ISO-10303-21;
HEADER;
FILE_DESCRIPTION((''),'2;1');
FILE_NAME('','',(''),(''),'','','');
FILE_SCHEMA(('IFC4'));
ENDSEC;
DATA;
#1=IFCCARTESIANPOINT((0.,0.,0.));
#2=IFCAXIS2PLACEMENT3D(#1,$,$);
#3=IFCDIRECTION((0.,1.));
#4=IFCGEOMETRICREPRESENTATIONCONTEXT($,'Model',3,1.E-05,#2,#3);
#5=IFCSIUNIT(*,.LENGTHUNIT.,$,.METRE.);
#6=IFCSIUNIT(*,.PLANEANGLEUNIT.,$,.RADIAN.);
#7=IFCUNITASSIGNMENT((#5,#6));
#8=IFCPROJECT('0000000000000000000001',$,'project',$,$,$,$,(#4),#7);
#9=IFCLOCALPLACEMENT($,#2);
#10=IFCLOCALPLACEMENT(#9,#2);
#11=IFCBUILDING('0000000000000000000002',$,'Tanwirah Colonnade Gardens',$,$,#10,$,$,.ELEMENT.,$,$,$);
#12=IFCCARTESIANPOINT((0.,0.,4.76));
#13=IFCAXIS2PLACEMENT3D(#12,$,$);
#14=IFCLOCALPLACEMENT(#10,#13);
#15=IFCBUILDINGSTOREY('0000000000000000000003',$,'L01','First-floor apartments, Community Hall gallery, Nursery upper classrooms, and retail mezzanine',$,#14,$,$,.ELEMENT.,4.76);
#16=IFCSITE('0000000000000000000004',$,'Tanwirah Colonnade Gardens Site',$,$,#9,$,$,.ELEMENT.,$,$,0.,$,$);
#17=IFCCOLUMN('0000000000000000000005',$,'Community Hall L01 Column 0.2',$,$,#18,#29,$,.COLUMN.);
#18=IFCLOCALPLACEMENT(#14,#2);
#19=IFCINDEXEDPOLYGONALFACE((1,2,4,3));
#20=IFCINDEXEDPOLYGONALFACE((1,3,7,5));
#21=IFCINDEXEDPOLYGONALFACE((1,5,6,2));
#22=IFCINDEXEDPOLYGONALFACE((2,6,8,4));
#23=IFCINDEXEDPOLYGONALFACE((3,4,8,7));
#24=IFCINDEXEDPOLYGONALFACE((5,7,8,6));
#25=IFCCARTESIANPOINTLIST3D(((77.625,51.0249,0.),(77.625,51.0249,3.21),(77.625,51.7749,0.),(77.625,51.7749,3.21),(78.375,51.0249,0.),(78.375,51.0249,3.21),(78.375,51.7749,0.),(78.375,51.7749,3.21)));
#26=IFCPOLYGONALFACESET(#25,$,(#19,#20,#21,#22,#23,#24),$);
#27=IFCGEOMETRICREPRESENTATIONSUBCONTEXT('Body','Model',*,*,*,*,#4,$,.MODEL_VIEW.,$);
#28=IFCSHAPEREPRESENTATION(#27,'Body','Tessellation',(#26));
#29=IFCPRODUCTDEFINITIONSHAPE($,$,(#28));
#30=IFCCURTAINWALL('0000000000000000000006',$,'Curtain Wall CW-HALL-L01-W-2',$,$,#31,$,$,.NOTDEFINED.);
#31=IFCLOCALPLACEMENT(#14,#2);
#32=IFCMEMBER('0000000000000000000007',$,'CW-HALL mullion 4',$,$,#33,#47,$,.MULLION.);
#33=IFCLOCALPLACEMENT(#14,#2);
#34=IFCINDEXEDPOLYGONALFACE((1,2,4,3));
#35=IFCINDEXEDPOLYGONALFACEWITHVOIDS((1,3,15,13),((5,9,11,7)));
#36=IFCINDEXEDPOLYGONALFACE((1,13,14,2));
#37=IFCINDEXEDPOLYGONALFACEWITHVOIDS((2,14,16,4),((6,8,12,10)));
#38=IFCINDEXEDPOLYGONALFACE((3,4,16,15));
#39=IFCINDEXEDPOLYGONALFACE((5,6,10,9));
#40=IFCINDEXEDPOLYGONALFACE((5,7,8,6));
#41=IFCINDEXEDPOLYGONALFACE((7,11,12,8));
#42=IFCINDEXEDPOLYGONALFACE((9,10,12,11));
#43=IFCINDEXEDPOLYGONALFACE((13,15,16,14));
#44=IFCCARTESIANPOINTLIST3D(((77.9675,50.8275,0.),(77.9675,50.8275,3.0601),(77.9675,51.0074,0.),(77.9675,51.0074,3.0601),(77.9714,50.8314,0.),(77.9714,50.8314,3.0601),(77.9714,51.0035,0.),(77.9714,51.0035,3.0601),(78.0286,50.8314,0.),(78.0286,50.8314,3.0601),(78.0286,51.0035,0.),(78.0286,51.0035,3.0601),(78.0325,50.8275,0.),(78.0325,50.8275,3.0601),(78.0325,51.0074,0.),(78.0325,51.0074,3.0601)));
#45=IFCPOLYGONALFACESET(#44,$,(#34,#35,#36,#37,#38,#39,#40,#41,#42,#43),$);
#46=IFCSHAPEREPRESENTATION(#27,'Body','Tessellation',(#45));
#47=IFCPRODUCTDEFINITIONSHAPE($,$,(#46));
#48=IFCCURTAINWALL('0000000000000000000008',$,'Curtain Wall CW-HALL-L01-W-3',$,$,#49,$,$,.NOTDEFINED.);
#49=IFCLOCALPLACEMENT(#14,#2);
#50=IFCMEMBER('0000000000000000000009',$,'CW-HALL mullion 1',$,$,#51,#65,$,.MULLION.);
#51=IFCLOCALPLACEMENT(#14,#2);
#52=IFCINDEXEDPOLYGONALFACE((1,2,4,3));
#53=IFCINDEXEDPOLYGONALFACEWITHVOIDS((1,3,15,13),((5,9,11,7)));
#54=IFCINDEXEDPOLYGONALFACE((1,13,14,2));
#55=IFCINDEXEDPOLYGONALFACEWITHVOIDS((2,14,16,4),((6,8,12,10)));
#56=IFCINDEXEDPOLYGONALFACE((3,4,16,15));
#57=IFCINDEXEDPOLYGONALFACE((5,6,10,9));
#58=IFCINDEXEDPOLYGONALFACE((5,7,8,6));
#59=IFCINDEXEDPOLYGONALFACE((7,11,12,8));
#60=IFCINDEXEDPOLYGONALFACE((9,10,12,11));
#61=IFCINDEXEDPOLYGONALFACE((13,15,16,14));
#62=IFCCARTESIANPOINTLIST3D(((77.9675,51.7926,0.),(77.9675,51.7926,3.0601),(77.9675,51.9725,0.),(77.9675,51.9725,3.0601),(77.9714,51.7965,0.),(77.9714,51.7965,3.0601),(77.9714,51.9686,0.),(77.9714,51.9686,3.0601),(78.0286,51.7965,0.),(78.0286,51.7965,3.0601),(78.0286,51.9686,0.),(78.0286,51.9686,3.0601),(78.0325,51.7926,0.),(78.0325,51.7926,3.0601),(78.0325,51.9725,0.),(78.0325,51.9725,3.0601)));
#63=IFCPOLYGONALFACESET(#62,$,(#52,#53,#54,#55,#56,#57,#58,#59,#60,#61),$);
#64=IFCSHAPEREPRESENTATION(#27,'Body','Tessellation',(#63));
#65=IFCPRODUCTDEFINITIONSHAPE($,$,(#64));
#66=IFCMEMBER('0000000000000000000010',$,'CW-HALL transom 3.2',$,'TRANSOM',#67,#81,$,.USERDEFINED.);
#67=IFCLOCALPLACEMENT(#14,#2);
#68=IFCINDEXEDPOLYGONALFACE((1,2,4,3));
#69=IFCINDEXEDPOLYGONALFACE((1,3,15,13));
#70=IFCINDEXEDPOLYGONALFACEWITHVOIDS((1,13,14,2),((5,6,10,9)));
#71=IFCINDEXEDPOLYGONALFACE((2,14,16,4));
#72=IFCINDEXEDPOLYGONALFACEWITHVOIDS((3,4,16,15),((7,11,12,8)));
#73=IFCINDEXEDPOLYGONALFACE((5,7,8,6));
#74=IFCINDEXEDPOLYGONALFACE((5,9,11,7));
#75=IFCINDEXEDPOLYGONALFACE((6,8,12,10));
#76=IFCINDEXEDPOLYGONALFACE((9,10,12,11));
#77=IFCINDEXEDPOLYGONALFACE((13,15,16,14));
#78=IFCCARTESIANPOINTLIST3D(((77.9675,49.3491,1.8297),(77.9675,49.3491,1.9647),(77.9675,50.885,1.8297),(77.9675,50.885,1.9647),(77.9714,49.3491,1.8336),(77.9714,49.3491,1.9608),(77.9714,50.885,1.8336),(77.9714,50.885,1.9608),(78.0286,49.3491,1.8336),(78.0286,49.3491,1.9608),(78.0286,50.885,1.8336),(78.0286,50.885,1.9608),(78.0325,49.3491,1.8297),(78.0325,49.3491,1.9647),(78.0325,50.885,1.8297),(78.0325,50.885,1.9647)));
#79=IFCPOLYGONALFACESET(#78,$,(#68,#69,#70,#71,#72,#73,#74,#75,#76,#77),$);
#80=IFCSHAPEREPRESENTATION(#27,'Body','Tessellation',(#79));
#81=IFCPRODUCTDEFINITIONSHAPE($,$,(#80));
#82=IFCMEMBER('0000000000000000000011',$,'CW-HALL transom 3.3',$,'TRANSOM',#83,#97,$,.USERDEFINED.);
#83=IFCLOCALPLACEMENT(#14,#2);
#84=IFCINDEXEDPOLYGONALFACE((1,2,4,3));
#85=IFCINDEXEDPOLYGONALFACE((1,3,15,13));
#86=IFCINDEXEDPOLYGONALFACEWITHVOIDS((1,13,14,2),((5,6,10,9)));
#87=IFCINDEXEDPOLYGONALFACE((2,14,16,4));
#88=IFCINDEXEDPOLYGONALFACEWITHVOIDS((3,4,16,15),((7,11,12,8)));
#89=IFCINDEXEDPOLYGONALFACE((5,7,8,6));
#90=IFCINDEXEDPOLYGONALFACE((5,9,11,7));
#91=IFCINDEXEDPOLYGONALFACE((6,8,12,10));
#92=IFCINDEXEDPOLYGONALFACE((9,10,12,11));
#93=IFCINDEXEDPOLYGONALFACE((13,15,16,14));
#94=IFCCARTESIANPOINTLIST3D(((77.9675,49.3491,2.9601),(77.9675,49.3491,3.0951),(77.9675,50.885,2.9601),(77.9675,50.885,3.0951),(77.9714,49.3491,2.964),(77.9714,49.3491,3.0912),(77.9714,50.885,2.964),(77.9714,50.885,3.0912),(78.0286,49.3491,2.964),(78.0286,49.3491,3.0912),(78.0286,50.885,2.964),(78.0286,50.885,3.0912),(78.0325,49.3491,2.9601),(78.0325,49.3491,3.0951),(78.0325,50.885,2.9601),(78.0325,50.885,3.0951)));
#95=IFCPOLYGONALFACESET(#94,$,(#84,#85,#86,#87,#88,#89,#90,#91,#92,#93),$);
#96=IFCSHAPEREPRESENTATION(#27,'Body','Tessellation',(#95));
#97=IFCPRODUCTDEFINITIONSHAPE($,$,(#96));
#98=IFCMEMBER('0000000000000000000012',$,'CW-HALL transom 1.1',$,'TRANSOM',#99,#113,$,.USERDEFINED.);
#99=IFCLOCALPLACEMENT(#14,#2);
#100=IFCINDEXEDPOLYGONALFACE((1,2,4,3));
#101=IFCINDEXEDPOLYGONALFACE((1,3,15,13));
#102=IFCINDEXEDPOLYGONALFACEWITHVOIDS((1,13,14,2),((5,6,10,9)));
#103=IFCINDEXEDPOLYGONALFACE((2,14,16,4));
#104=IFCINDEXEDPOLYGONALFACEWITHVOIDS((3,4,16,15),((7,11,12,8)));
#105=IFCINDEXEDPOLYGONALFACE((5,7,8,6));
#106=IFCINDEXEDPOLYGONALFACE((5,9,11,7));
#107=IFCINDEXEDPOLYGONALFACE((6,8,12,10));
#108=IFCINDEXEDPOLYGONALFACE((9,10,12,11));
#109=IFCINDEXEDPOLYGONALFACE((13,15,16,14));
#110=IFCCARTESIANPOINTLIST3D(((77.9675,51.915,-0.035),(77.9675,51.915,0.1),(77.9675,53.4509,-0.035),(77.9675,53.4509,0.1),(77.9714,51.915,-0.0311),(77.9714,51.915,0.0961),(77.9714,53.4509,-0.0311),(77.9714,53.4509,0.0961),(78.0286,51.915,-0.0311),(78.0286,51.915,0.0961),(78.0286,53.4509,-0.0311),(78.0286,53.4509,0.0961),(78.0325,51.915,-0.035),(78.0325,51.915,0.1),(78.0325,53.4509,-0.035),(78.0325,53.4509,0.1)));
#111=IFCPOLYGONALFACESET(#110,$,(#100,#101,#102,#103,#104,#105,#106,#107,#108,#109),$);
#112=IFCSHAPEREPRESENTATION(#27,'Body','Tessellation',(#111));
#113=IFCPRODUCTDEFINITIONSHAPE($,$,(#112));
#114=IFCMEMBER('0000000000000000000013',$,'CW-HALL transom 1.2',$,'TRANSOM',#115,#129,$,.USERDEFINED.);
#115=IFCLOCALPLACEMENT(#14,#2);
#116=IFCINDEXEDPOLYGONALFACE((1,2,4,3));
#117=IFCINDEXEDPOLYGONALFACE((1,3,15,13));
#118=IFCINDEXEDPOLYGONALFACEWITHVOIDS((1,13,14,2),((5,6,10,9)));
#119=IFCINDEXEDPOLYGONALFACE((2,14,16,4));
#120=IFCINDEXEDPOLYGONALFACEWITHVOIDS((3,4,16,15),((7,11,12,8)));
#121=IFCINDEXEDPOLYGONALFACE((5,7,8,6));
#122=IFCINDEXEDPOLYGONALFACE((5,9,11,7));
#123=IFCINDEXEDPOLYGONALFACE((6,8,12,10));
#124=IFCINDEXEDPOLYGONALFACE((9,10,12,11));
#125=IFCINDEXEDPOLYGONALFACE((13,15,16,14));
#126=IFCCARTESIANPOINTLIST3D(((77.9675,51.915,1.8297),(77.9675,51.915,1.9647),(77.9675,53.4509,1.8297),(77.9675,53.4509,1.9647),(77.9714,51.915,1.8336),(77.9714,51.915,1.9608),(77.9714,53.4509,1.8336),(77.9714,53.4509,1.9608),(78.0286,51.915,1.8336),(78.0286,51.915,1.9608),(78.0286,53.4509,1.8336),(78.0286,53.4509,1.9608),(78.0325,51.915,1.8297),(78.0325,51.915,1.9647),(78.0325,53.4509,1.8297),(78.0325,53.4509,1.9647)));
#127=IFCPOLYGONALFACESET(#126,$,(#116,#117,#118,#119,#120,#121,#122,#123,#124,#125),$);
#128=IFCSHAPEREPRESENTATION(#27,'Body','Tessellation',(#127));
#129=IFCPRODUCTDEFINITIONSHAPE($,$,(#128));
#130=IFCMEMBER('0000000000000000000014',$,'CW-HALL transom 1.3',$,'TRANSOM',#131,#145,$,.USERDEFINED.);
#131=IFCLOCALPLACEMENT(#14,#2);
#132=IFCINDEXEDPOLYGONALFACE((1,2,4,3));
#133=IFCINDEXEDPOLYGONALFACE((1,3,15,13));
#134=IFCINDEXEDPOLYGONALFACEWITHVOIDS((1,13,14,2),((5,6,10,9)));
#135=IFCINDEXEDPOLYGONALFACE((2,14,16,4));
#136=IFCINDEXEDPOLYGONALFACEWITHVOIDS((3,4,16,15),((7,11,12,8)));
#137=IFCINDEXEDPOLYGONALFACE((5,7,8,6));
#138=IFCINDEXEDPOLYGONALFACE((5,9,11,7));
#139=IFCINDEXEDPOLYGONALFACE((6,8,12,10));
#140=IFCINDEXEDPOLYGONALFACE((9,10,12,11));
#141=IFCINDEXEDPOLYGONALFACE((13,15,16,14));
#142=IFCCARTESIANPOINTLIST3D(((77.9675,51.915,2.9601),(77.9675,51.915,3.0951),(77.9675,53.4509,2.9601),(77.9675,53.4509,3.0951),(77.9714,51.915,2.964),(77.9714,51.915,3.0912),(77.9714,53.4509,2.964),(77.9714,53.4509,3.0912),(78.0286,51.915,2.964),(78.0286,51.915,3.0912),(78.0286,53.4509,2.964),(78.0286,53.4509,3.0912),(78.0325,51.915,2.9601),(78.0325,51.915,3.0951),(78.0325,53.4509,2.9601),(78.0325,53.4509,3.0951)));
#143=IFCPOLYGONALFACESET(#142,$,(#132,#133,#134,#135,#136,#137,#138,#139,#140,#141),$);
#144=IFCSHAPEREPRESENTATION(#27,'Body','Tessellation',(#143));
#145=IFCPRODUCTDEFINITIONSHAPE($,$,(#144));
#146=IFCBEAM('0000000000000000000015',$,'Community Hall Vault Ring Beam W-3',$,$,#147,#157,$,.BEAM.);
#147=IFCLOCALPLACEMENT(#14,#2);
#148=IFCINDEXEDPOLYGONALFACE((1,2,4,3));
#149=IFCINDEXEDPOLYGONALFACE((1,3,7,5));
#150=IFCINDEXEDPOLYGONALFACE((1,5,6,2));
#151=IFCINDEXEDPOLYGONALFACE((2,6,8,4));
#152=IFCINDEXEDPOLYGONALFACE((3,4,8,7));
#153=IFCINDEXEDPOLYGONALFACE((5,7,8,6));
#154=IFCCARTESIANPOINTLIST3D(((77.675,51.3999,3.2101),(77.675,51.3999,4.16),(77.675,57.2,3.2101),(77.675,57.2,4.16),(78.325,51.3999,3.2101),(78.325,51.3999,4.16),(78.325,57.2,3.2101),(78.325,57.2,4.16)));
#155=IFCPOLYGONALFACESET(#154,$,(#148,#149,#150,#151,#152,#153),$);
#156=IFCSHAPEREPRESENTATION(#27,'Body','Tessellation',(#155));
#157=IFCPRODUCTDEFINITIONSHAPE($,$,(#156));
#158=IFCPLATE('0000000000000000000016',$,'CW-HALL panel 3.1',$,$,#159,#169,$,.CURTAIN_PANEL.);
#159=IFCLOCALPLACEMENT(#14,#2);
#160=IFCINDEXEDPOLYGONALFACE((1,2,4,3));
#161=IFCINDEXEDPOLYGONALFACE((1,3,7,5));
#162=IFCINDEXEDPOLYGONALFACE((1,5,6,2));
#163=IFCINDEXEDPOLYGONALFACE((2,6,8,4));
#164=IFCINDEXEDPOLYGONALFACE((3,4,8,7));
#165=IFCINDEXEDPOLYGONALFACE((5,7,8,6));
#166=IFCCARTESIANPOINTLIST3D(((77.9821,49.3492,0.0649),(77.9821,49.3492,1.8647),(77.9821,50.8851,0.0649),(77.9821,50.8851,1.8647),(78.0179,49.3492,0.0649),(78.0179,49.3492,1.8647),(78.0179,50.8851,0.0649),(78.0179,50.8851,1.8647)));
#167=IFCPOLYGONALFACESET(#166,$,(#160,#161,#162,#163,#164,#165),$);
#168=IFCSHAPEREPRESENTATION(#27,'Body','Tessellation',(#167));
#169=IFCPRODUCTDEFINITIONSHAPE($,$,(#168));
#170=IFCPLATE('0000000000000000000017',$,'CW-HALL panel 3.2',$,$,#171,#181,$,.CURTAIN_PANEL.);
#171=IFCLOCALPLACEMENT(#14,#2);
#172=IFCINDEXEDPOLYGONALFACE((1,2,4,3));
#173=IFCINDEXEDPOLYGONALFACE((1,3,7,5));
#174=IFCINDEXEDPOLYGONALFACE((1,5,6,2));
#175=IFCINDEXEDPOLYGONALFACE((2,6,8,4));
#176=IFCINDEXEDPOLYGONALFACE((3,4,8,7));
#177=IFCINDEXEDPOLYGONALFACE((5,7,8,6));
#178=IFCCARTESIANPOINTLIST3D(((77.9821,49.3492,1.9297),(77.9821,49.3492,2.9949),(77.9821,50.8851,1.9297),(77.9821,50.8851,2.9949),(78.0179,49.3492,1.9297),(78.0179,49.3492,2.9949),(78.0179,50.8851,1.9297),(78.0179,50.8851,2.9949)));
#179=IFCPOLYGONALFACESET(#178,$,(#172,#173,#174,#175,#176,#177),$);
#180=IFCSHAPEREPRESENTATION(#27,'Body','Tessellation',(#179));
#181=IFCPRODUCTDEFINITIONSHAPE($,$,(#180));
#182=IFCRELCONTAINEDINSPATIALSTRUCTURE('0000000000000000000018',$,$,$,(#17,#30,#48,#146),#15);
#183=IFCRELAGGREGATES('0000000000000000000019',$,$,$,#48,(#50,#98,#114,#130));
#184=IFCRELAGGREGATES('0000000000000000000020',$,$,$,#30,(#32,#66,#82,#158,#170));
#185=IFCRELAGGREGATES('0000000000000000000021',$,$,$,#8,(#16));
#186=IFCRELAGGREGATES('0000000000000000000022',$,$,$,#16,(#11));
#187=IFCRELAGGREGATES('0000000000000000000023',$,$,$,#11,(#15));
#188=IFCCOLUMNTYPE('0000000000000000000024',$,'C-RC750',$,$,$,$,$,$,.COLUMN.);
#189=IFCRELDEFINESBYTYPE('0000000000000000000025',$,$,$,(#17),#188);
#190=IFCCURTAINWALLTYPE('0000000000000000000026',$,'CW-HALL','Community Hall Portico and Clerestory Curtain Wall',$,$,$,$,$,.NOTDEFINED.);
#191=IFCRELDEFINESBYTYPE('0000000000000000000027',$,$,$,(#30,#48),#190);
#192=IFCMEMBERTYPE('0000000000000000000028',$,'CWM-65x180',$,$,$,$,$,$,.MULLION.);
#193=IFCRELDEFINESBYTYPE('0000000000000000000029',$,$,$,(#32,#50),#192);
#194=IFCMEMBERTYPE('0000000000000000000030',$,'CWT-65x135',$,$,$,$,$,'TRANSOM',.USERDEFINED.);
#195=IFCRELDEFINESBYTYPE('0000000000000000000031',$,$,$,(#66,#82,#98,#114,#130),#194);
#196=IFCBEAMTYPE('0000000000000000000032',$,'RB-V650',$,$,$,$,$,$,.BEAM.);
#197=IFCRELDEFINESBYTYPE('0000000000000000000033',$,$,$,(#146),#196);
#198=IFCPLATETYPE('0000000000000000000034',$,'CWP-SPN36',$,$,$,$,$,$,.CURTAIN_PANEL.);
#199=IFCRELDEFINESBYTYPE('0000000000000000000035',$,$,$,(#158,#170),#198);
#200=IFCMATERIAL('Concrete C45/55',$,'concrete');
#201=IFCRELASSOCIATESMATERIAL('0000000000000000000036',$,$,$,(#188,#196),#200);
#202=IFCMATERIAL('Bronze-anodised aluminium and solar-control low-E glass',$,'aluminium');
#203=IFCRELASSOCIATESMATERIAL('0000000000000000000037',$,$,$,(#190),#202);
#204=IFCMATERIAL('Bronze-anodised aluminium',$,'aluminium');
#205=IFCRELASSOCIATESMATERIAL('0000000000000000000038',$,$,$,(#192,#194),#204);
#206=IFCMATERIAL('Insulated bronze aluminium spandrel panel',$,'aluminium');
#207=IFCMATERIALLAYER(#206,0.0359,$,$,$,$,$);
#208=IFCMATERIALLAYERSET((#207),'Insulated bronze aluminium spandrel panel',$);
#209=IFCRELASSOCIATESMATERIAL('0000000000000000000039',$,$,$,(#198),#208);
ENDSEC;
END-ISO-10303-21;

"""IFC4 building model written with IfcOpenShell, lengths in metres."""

from ifc_helpers import new_model, si_unit, direction, frame, origin, origin_2d, place, context, subcontext, project, spatial, rectangle, hollow_rectangle, extrude, material, layer, layer_set, material_profile, profile_set, type_object, element, aggregate, save


model = new_model("IFC4")

# Units and contexts
model_context = context("Model", 3, precision=1e-05, world=origin(), true_north=direction((0.0, 1.0)))
body_context = subcontext(model_context, "Body", "Model", "MODEL_VIEW")
ifc_project = project(units=[si_unit("LENGTHUNIT", "METRE"), si_unit("PLANEANGLEUNIT", "RADIAN")], contexts=[model_context])

# Site, building, storey
site_placement = place(None, origin())
site = spatial("IfcSite", under=ifc_project, at=site_placement, Name="Tanwirah Colonnade Gardens Site", CompositionType="ELEMENT", RefElevation=0.0)
building_placement = place(site_placement, origin())
building = spatial("IfcBuilding", under=site, at=building_placement, Name="Tanwirah Colonnade Gardens", CompositionType="ELEMENT")
storey_placement = place(building_placement, frame((0.0, 0.0, 4.76)))
storey = spatial("IfcBuildingStorey", under=building, at=storey_placement, Name="L01", Description="First-floor apartments, Community Hall gallery, Nursery upper classrooms, and retail mezzanine", CompositionType="ELEMENT", Elevation=4.76)

# Column
ifc_material_1 = material(Name="Concrete C45/55", Category="concrete")
ifc_material_profile_1 = material_profile(ifc_material_1, rectangle(XDim=0.75, YDim=0.75, at=origin_2d()), Name="RC-COL 750x750")
ifc_profile_set_1 = profile_set([ifc_material_profile_1], Name="Concrete C45/55")
column_type = type_object("IfcColumnType", Name="C-RC750", PredefinedType="COLUMN", material=ifc_profile_set_1)
column_placement = place(storey_placement, frame((78.0, 51.3999, 0.0), z_axis=(0.0, 0.0, 1.0), x_axis=(1.0, 0.0, 0.0)))
element("IfcColumn", 1, at=column_placement, inside=storey, type_object=column_type, Name="Community Hall L01 Column 0.2", PredefinedType="COLUMN", context=body_context, shape_type="SweptSolid", body=[
    extrude(rectangle(XDim=0.75, YDim=0.75, at=origin_2d()), origin(), (0.0, 0.0, 1.0), 3.21),
])

# Curtain walls, members
ifc_material_2 = material(Name="Bronze-anodised aluminium and solar-control low-E glass", Category="aluminium")
curtain_wall_type = type_object("IfcCurtainWallType", Name="CW-HALL", Description="Community Hall Portico and Clerestory Curtain Wall", PredefinedType="NOTDEFINED", material=ifc_material_2)
curtain_wall_1_placement = place(storey_placement, origin())
curtain_wall_1 = element("IfcCurtainWall", 2, at=curtain_wall_1_placement, inside=storey, type_object=curtain_wall_type, Name="Curtain Wall CW-HALL-L01-W-2", PredefinedType="NOTDEFINED")
ifc_material_3 = material(Name="Bronze-anodised aluminium", Category="aluminium")
ifc_material_profile_2 = material_profile(ifc_material_3, hollow_rectangle(XDim=0.0649, YDim=0.1799, WallThickness=0.0039, at=origin_2d()), Name="CW-MUL 65x180x4")
ifc_profile_set_2 = profile_set([ifc_material_profile_2], Name="Bronze-anodised aluminium")
member_type_1 = type_object("IfcMemberType", Name="CWM-65x180", PredefinedType="MULLION", material=ifc_profile_set_2)
member_1_placement = place(storey_placement, frame((78.0, 50.9175, 0.0), z_axis=(0.0, 0.0, 1.0), x_axis=(-1.0, 0.0, 0.0)))
member_1 = element("IfcMember", 3, at=member_1_placement, type_object=member_type_1, Name="CW-HALL mullion 4", PredefinedType="MULLION", context=body_context, shape_type="SweptSolid", body=[
    extrude(hollow_rectangle(XDim=0.0649, YDim=0.1799, WallThickness=0.0039, at=origin_2d()), origin(), (0.0, 0.0, 1.0), 3.0601),
])
curtain_wall_2_placement = place(storey_placement, origin())
curtain_wall_2 = element("IfcCurtainWall", 4, at=curtain_wall_2_placement, inside=storey, type_object=curtain_wall_type, Name="Curtain Wall CW-HALL-L01-W-3", PredefinedType="NOTDEFINED")
member_2_placement = place(storey_placement, frame((78.0, 51.8826, 0.0), z_axis=(0.0, 0.0, 1.0), x_axis=(-1.0, 0.0, 0.0)))
member_2 = element("IfcMember", 5, at=member_2_placement, type_object=member_type_1, Name="CW-HALL mullion 1", PredefinedType="MULLION", context=body_context, shape_type="SweptSolid", body=[
    extrude(hollow_rectangle(XDim=0.0649, YDim=0.1799, WallThickness=0.0039, at=origin_2d()), origin(), (0.0, 0.0, 1.0), 3.0601),
])

# Members
ifc_material_profile_3 = material_profile(ifc_material_3, hollow_rectangle(XDim=0.0649, YDim=0.135, WallThickness=0.0039, at=origin_2d()), Name="CW-TRN 65x135x4")
ifc_profile_set_3 = profile_set([ifc_material_profile_3], Name="Bronze-anodised aluminium")
member_type_2 = type_object("IfcMemberType", Name="CWT-65x135", ElementType="TRANSOM", PredefinedType="USERDEFINED", material=ifc_profile_set_3)
member_3_placement = place(storey_placement, frame((78.0, 49.3491, 1.8972), z_axis=(0.0, 1.0, 0.0), x_axis=(-1.0, 0.0, 0.0)))
member_3 = element("IfcMember", 6, at=member_3_placement, type_object=member_type_2, Name="CW-HALL transom 3.2", ObjectType="TRANSOM", PredefinedType="USERDEFINED", context=body_context, shape_type="SweptSolid", body=[
    extrude(hollow_rectangle(XDim=0.0649, YDim=0.135, WallThickness=0.0039, at=origin_2d()), origin(), (0.0, 0.0, 1.0), 1.5359),
])
member_4_placement = place(storey_placement, frame((78.0, 49.3491, 3.0276), z_axis=(0.0, 1.0, 0.0), x_axis=(-1.0, 0.0, 0.0)))
member_4 = element("IfcMember", 7, at=member_4_placement, type_object=member_type_2, Name="CW-HALL transom 3.3", ObjectType="TRANSOM", PredefinedType="USERDEFINED", context=body_context, shape_type="SweptSolid", body=[
    extrude(hollow_rectangle(XDim=0.0649, YDim=0.135, WallThickness=0.0039, at=origin_2d()), origin(), (0.0, 0.0, 1.0), 1.5359),
])
member_5_placement = place(storey_placement, frame((78.0, 51.915, 0.0325), z_axis=(0.0, 1.0, 0.0), x_axis=(-1.0, 0.0, 0.0)))
member_5 = element("IfcMember", 8, at=member_5_placement, type_object=member_type_2, Name="CW-HALL transom 1.1", ObjectType="TRANSOM", PredefinedType="USERDEFINED", context=body_context, shape_type="SweptSolid", body=[
    extrude(hollow_rectangle(XDim=0.0649, YDim=0.135, WallThickness=0.0039, at=origin_2d()), origin(), (0.0, 0.0, 1.0), 1.5359),
])
member_6_placement = place(storey_placement, frame((78.0, 51.915, 1.8972), z_axis=(0.0, 1.0, 0.0), x_axis=(-1.0, 0.0, 0.0)))
member_6 = element("IfcMember", 9, at=member_6_placement, type_object=member_type_2, Name="CW-HALL transom 1.2", ObjectType="TRANSOM", PredefinedType="USERDEFINED", context=body_context, shape_type="SweptSolid", body=[
    extrude(hollow_rectangle(XDim=0.0649, YDim=0.135, WallThickness=0.0039, at=origin_2d()), origin(), (0.0, 0.0, 1.0), 1.5359),
])
member_7_placement = place(storey_placement, frame((78.0, 51.915, 3.0276), z_axis=(0.0, 1.0, 0.0), x_axis=(-1.0, 0.0, 0.0)))
member_7 = element("IfcMember", 10, at=member_7_placement, type_object=member_type_2, Name="CW-HALL transom 1.3", ObjectType="TRANSOM", PredefinedType="USERDEFINED", context=body_context, shape_type="SweptSolid", body=[
    extrude(hollow_rectangle(XDim=0.0649, YDim=0.135, WallThickness=0.0039, at=origin_2d()), origin(), (0.0, 0.0, 1.0), 1.5359),
])
aggregate(curtain_wall_2, [member_2, member_5, member_6, member_7])

# Beam
ifc_material_profile_4 = material_profile(ifc_material_1, rectangle(XDim=0.6499, YDim=0.95, at=origin_2d()), Name="RC-RB 650x950")
ifc_profile_set_4 = profile_set([ifc_material_profile_4], Name="Concrete C45/55")
beam_type = type_object("IfcBeamType", Name="RB-V650", PredefinedType="BEAM", material=ifc_profile_set_4)
beam_placement = place(storey_placement, frame((78.0, 51.3999, 3.6851), z_axis=(0.0, 1.0, 0.0), x_axis=(-1.0, 0.0, 0.0)))
element("IfcBeam", 11, at=beam_placement, inside=storey, type_object=beam_type, Name="Community Hall Vault Ring Beam W-3", PredefinedType="BEAM", context=body_context, shape_type="SweptSolid", body=[
    extrude(rectangle(XDim=0.6499, YDim=0.95, at=origin_2d()), origin(), (0.0, 0.0, 1.0), 5.8),
])

# Plates
ifc_material_4 = material(Name="Insulated bronze aluminium spandrel panel", Category="aluminium")
ifc_layer_1 = layer(ifc_material_4, 0.0359)
ifc_layer_set_1 = layer_set([ifc_layer_1], Name="Insulated bronze aluminium spandrel panel")
plate_type = type_object("IfcPlateType", Name="CWP-SPN36", PredefinedType="CURTAIN_PANEL", material=ifc_layer_set_1)
plate_1_placement = place(storey_placement, frame((78.0, 50.1172, 0.0649), z_axis=(0.0, 0.0, 1.0), x_axis=(0.0, 1.0, 0.0)))
plate_1 = element("IfcPlate", 12, at=plate_1_placement, type_object=plate_type, Name="CW-HALL panel 3.1", PredefinedType="CURTAIN_PANEL", context=body_context, shape_type="SweptSolid", body=[
    extrude(rectangle(XDim=1.5359, YDim=0.0359, at=origin_2d()), origin(), (0.0, 0.0, 1.0), 1.7998),
])
plate_2_placement = place(storey_placement, frame((78.0, 50.1172, 1.9297), z_axis=(0.0, 0.0, 1.0), x_axis=(0.0, 1.0, 0.0)))
plate_2 = element("IfcPlate", 13, at=plate_2_placement, type_object=plate_type, Name="CW-HALL panel 3.2", PredefinedType="CURTAIN_PANEL", context=body_context, shape_type="SweptSolid", body=[
    extrude(rectangle(XDim=1.5359, YDim=0.0359, at=origin_2d()), origin(), (0.0, 0.0, 1.0), 1.0652),
])
aggregate(curtain_wall_1, [member_1, member_3, member_4, plate_1, plate_2])

save(model, "model.ifc")
